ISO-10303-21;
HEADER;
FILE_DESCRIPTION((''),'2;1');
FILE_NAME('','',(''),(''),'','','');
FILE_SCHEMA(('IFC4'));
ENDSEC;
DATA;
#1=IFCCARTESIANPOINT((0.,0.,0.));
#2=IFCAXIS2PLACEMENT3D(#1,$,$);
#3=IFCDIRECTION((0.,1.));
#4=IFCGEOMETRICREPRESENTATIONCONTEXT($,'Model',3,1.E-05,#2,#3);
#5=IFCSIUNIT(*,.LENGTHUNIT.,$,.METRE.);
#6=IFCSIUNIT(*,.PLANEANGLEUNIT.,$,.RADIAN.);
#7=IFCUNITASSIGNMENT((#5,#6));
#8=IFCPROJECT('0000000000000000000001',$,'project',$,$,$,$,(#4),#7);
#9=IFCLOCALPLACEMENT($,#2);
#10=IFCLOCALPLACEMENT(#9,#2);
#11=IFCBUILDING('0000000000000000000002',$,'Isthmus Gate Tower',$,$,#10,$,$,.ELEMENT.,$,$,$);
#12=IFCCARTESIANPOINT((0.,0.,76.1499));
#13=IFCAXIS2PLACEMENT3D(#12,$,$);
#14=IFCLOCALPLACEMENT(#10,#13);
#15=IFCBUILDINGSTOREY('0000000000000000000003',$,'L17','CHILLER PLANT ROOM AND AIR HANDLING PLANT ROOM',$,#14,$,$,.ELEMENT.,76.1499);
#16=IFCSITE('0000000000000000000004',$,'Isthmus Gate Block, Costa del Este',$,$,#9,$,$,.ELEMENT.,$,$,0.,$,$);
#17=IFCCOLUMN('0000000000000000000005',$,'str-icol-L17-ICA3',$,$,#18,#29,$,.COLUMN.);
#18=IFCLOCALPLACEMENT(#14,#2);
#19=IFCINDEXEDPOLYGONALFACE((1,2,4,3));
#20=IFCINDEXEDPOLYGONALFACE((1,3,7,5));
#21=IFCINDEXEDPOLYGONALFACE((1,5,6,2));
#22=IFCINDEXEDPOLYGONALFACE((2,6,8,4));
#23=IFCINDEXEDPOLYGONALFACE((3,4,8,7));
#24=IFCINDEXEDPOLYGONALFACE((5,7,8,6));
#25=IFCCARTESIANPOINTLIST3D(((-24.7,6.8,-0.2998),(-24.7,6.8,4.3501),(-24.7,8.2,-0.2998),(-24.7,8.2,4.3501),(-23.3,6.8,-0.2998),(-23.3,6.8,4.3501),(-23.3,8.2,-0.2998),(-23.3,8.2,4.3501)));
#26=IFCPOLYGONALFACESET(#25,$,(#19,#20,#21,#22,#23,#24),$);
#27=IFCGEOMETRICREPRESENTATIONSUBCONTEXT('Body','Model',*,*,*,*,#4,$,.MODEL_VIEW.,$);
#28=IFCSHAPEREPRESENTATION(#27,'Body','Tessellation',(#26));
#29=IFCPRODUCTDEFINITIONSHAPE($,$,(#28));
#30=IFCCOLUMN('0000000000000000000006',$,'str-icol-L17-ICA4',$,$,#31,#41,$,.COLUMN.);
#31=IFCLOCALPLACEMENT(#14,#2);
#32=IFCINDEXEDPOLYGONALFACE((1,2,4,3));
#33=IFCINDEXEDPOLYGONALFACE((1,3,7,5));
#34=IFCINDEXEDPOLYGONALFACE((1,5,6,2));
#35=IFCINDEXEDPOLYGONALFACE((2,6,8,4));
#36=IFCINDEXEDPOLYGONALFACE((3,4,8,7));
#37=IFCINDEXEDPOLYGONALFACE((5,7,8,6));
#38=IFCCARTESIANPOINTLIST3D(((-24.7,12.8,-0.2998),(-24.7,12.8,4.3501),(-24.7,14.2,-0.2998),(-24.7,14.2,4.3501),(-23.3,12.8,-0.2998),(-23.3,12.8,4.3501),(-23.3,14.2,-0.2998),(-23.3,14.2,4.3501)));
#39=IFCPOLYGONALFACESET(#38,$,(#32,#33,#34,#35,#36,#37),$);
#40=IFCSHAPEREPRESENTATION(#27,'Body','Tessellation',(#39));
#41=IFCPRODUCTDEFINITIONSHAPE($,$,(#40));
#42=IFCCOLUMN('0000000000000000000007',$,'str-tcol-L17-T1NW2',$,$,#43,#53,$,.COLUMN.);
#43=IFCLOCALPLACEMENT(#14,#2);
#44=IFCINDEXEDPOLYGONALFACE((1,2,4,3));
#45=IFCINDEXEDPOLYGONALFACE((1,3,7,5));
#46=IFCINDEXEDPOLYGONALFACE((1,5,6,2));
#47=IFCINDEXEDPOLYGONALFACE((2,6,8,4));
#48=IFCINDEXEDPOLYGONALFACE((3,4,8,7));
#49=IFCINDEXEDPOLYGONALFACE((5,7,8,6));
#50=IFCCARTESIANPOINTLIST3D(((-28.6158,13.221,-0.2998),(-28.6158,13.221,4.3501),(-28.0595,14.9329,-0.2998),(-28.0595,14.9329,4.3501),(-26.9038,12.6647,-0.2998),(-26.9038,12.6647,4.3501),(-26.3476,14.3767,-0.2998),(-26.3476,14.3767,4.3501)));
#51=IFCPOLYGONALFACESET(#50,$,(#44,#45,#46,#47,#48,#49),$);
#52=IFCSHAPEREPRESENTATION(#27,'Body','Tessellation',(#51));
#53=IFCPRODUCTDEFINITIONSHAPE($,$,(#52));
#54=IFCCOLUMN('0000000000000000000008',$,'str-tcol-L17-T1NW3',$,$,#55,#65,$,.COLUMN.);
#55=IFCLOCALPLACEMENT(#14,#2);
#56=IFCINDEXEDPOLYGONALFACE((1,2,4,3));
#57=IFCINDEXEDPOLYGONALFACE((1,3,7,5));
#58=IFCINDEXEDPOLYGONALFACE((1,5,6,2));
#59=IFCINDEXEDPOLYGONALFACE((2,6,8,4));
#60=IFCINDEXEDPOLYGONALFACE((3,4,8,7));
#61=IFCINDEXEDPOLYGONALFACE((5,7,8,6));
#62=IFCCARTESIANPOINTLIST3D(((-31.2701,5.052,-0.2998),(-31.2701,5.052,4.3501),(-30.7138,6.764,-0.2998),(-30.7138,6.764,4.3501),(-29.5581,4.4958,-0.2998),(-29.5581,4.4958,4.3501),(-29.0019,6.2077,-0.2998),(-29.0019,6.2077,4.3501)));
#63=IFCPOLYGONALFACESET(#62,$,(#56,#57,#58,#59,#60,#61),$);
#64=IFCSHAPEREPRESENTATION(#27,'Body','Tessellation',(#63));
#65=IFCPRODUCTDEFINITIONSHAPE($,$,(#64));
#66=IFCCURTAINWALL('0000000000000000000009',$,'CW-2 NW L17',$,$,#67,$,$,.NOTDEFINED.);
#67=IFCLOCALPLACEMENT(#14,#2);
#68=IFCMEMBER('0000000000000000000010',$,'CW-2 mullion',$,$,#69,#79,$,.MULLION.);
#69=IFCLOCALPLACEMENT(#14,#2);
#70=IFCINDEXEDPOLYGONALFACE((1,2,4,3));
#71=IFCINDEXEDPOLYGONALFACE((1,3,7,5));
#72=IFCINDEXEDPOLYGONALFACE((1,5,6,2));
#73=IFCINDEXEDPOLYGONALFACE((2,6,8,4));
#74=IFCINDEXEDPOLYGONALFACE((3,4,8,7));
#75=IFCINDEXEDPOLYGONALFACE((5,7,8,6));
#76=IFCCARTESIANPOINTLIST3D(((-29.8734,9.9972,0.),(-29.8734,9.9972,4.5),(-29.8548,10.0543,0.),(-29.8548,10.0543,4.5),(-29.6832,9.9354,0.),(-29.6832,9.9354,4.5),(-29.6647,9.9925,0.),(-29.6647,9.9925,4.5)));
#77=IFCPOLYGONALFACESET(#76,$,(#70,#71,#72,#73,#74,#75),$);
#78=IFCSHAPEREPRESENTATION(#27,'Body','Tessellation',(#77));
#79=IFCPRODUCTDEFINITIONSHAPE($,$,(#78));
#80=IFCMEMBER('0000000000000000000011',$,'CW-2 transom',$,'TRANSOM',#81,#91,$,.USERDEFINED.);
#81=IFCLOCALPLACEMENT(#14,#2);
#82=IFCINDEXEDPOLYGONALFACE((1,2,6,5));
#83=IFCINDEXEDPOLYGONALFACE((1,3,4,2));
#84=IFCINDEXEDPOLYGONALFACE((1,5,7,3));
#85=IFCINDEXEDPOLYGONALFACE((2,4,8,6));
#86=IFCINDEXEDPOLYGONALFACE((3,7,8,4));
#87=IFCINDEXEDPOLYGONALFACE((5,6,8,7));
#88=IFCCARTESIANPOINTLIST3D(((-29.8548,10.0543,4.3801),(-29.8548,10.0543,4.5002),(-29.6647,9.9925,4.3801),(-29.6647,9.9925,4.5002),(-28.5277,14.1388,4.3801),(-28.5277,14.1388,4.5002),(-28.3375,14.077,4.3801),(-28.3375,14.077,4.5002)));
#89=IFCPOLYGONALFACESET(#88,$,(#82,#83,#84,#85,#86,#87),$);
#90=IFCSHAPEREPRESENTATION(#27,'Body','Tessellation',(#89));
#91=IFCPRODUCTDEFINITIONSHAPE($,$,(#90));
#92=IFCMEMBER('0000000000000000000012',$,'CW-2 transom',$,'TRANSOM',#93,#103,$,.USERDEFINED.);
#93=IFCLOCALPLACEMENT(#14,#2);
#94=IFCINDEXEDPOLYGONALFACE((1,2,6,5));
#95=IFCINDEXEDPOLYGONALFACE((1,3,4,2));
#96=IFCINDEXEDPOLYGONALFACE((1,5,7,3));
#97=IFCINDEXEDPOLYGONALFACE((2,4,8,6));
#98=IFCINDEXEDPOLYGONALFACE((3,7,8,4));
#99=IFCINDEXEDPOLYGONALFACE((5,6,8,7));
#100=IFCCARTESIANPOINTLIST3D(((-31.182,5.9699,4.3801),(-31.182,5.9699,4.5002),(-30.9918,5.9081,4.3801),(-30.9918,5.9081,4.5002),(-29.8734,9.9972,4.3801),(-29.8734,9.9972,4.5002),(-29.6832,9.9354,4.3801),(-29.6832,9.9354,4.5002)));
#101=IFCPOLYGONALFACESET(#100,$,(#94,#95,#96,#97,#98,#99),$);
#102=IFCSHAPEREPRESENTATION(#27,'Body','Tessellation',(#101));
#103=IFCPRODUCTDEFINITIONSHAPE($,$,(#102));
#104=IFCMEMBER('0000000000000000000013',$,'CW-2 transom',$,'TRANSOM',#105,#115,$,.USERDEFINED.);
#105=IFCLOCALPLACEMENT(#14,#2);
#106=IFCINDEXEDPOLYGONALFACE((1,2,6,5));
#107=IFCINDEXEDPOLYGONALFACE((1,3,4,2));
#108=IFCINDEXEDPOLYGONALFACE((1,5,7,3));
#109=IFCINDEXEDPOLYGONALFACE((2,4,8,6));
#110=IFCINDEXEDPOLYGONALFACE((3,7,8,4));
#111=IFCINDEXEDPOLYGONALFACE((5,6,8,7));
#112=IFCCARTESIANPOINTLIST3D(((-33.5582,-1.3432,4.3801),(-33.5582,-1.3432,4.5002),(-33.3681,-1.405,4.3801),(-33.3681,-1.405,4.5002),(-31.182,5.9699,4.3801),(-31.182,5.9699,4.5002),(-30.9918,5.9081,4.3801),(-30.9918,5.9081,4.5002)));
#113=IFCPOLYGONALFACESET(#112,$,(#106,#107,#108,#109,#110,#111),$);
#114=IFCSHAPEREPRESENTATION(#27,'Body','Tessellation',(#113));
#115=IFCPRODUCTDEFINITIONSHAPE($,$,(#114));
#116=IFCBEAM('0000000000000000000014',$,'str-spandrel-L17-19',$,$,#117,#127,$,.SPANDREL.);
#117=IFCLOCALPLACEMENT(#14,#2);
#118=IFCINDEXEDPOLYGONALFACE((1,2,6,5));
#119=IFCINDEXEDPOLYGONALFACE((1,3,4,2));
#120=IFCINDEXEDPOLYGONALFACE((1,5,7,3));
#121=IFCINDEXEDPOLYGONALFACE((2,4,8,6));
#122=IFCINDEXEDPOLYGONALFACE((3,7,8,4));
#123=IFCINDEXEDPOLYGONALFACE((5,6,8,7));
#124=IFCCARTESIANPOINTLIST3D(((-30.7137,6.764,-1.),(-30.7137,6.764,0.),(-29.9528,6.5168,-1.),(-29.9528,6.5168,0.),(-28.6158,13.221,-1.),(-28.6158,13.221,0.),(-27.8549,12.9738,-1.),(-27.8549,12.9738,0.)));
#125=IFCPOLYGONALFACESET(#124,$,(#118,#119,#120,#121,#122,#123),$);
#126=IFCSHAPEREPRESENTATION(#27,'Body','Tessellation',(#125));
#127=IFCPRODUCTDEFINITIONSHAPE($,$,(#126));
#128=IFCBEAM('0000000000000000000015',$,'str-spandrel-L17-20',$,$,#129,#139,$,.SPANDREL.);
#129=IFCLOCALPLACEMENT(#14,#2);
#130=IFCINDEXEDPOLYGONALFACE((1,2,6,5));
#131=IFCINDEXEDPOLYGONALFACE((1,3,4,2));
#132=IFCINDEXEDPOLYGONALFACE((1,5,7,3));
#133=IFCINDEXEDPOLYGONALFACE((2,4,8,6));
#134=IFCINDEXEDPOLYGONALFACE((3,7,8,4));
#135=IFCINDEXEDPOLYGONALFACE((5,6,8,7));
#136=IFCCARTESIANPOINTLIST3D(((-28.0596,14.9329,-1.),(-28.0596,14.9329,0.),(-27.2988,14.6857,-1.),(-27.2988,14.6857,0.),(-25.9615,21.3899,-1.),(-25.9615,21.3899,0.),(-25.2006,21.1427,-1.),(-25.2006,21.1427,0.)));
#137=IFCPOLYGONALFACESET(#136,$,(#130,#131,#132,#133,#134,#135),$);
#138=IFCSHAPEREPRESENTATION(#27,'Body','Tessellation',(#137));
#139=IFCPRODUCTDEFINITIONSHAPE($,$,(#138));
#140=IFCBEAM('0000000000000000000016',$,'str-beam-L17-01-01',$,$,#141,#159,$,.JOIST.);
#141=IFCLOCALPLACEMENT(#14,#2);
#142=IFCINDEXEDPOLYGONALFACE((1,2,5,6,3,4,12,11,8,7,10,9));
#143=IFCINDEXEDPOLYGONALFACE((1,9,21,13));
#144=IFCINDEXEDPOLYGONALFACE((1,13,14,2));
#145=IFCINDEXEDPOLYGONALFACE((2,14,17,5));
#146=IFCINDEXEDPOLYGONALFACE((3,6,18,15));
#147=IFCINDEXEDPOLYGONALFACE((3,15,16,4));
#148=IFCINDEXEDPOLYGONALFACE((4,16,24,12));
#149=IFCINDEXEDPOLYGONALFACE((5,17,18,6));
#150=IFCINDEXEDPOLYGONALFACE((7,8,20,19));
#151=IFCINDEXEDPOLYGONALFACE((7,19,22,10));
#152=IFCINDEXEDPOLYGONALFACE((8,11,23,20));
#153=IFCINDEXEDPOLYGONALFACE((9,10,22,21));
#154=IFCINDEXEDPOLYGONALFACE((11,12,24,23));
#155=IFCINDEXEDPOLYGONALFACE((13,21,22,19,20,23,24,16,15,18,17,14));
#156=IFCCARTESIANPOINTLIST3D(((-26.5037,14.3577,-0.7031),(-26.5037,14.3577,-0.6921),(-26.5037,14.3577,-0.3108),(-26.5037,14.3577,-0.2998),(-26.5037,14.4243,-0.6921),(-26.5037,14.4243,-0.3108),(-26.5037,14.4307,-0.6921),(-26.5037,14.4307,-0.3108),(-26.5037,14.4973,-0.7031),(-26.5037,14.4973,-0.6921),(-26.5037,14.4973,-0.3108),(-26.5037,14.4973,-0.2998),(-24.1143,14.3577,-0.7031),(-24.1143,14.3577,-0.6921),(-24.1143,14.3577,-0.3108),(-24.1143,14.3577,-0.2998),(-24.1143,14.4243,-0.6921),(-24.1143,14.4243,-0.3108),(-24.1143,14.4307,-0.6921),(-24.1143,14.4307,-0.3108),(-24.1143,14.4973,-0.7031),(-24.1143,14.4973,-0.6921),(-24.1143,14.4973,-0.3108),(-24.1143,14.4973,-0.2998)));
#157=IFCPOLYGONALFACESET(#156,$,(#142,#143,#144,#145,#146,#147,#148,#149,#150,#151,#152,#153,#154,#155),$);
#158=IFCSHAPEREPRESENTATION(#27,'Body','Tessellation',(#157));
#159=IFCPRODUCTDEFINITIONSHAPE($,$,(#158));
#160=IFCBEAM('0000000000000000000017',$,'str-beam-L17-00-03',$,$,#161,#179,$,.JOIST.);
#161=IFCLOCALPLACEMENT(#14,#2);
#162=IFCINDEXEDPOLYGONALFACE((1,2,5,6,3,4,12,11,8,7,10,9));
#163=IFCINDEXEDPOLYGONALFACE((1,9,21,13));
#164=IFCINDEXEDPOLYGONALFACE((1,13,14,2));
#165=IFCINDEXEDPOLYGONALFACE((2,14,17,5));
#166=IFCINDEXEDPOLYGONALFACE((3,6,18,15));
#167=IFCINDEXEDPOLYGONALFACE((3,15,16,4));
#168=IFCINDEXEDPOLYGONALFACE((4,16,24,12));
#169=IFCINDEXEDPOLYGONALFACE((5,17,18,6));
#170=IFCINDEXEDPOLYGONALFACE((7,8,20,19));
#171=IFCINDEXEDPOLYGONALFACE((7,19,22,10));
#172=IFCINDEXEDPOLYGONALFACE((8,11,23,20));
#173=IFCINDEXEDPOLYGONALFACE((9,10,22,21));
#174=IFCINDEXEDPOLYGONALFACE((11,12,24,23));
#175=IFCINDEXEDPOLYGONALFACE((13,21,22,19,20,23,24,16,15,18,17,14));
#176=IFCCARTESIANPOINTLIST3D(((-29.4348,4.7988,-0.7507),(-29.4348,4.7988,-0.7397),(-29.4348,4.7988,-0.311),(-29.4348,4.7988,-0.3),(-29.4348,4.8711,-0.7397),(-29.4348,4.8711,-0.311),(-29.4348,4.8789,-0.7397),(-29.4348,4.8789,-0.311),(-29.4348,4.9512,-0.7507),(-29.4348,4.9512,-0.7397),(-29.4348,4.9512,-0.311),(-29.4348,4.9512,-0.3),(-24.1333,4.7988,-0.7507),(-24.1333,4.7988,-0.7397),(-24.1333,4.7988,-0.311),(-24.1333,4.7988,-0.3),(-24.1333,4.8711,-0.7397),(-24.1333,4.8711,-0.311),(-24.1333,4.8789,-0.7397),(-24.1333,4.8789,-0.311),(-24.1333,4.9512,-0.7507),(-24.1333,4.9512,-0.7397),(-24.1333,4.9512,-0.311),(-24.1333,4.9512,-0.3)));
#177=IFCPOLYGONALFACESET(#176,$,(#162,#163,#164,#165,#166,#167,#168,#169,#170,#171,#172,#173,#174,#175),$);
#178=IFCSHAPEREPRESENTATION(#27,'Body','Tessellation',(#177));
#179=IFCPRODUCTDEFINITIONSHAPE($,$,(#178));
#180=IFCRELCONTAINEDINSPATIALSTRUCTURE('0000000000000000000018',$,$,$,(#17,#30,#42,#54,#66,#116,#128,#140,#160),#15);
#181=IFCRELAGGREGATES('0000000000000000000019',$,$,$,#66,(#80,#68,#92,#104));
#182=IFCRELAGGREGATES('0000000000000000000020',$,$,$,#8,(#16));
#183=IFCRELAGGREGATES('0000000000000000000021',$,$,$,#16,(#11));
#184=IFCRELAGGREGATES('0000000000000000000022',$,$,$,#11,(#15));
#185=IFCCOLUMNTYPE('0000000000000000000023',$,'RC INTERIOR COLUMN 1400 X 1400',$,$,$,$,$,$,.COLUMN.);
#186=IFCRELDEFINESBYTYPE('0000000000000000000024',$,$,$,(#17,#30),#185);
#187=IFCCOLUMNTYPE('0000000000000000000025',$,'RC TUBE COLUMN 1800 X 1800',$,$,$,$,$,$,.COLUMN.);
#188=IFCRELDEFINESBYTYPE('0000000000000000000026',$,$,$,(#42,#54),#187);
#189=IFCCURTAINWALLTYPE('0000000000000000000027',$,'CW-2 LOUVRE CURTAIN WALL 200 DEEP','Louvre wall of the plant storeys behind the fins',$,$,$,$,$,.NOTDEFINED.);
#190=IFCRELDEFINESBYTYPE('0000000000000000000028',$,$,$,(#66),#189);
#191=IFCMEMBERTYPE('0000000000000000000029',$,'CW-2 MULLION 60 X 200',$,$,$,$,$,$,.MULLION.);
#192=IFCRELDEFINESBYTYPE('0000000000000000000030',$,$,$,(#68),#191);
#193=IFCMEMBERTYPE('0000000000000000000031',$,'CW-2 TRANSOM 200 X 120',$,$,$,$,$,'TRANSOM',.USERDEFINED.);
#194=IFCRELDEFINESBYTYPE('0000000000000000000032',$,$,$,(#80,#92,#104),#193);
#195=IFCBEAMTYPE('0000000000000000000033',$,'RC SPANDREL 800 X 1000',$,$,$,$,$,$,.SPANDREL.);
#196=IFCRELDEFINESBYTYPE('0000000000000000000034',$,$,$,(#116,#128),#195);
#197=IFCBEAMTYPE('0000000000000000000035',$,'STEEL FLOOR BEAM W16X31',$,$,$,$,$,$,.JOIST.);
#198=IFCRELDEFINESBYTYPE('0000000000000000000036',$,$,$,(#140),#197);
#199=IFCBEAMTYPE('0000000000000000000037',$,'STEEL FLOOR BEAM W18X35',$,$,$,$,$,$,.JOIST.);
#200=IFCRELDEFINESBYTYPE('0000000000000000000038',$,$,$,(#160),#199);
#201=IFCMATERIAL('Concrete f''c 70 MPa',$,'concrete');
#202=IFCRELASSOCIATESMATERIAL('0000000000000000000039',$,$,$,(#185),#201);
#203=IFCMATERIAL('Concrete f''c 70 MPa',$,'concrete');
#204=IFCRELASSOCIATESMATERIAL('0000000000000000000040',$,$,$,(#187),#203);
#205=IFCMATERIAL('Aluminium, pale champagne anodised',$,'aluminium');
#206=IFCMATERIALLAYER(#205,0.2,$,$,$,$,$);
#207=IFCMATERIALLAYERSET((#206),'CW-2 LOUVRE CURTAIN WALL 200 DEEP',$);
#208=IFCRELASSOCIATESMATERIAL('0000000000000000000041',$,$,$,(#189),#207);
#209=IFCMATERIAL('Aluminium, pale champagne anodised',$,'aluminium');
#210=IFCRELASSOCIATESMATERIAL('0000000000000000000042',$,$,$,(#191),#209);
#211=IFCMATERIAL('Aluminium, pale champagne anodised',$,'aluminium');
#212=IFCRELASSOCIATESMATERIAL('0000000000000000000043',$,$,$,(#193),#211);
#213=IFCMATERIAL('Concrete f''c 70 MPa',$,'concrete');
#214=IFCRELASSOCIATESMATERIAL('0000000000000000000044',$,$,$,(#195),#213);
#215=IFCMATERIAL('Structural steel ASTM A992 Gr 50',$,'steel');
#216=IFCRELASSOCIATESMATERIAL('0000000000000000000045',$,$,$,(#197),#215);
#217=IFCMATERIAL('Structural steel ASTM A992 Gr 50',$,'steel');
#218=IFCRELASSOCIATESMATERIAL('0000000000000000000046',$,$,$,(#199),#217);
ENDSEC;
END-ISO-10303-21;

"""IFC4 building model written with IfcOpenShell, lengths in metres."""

from ifc_helpers import new_model, si_unit, direction, frame, origin, origin_2d, place, context, subcontext, project, spatial, rectangle, i_section, extrude, material, layer, layer_set, material_profile, profile_set, type_object, element, aggregate, save


model = new_model("IFC4")

# Units and contexts
model_context = context("Model", 3, precision=1e-05, world=origin(), true_north=direction((0.0, 1.0)))
body_context = subcontext(model_context, "Body", "Model", "MODEL_VIEW")
ifc_project = project(units=[si_unit("LENGTHUNIT", "METRE"), si_unit("PLANEANGLEUNIT", "RADIAN")], contexts=[model_context])

# Site, building, storey
site_placement = place(None, origin())
site = spatial("IfcSite", under=ifc_project, at=site_placement, Name="Isthmus Gate Block, Costa del Este", CompositionType="ELEMENT", RefElevation=0.0)
building_placement = place(site_placement, origin())
building = spatial("IfcBuilding", under=site, at=building_placement, Name="Isthmus Gate Tower", CompositionType="ELEMENT")
storey_placement = place(building_placement, frame((0.0, 0.0, 76.1499)))
storey = spatial("IfcBuildingStorey", under=building, at=storey_placement, Name="L17", Description="CHILLER PLANT ROOM AND AIR HANDLING PLANT ROOM", CompositionType="ELEMENT", Elevation=76.1499)

# Columns
ifc_material_1 = material(Name="Concrete f'c 70 MPa", Category="concrete")
ifc_material_profile_1 = material_profile(ifc_material_1, rectangle(XDim=1.3999, YDim=1.3999, at=origin_2d()), Name="RC 1400X1400")
ifc_profile_set_1 = profile_set([ifc_material_profile_1], Name="Concrete f'c 70 MPa")
column_type_1 = type_object("IfcColumnType", Name="RC INTERIOR COLUMN 1400 X 1400", PredefinedType="COLUMN", material=ifc_profile_set_1)
for number, where, z_axis, x_axis, name in (
    (1, (-24.0, 7.5, -0.2998), (0.0, 0.0, 1.0), (1.0, 0.0, 0.0), "str-icol-L17-ICA3"),
    (2, (-24.0, 13.5, -0.2998), (0.0, 0.0, 1.0), (1.0, 0.0, 0.0), "str-icol-L17-ICA4"),
):
    element("IfcColumn", number, at=place(storey_placement, frame(where, z_axis=z_axis, x_axis=x_axis)), inside=storey, type_object=column_type_1, Name=name, PredefinedType="COLUMN", context=body_context, shape_type="SweptSolid", body=[
        extrude(rectangle(XDim=1.3999, YDim=1.3999, at=origin_2d()), origin(), (0.0, 0.0, 1.0), 4.6499),
    ])
ifc_material_2 = material(Name="Concrete f'c 70 MPa", Category="concrete")
ifc_material_profile_2 = material_profile(ifc_material_2, rectangle(XDim=1.8, YDim=1.8, at=origin_2d()), Name="RC 1800X1800")
ifc_profile_set_2 = profile_set([ifc_material_profile_2], Name="Concrete f'c 70 MPa")
column_type_2 = type_object("IfcColumnType", Name="RC TUBE COLUMN 1800 X 1800", PredefinedType="COLUMN", material=ifc_profile_set_2)
for number, where, z_axis, x_axis, name in (
    (3, (-27.4817, 13.7988, -0.2998), (0.0, 0.0, 1.0), (-0.309017, -0.951057, 0.0), "str-tcol-L17-T1NW2"),
    (4, (-30.136, 5.6299, -0.2998), (0.0, 0.0, 1.0), (-0.309017, -0.951057, 0.0), "str-tcol-L17-T1NW3"),
):
    element("IfcColumn", number, at=place(storey_placement, frame(where, z_axis=z_axis, x_axis=x_axis)), inside=storey, type_object=column_type_2, Name=name, PredefinedType="COLUMN", context=body_context, shape_type="SweptSolid", body=[
        extrude(rectangle(XDim=1.8, YDim=1.8, at=origin_2d()), origin(), (0.0, 0.0, 1.0), 4.6499),
    ])

# Curtain wall, members
ifc_material_3 = material(Name="Aluminium, pale champagne anodised", Category="aluminium")
ifc_layer_1 = layer(ifc_material_3, 0.2)
ifc_layer_set_1 = layer_set([ifc_layer_1], Name="CW-2 LOUVRE CURTAIN WALL 200 DEEP")
curtain_wall_type = type_object("IfcCurtainWallType", Name="CW-2 LOUVRE CURTAIN WALL 200 DEEP", Description="Louvre wall of the plant storeys behind the fins", PredefinedType="NOTDEFINED", material=ifc_layer_set_1)
curtain_wall_placement = place(storey_placement, origin())
curtain_wall = element("IfcCurtainWall", 5, at=curtain_wall_placement, inside=storey, type_object=curtain_wall_type, Name="CW-2 NW L17", PredefinedType="NOTDEFINED")
ifc_material_4 = material(Name="Aluminium, pale champagne anodised", Category="aluminium")
ifc_material_profile_3 = material_profile(ifc_material_4, rectangle(XDim=0.0601, YDim=0.2, at=origin_2d()), Name="60x200")
ifc_profile_set_3 = profile_set([ifc_material_profile_3], Name="Aluminium, pale champagne anodised")
member_type_1 = type_object("IfcMemberType", Name="CW-2 MULLION 60 X 200", PredefinedType="MULLION", material=ifc_profile_set_3)
member_1_placement = place(storey_placement, frame((-29.769, 9.9949, 0.0), z_axis=(0.0, 0.0, 1.0), x_axis=(-0.309017, -0.951057, 0.0)))
member_1 = element("IfcMember", 6, at=member_1_placement, type_object=member_type_1, Name="CW-2 mullion", PredefinedType="MULLION", context=body_context, shape_type="SweptSolid", body=[
    extrude(rectangle(XDim=0.0601, YDim=0.2, at=origin_2d()), origin(), (0.0, 0.0, 1.0), 4.5),
])
ifc_material_5 = material(Name="Aluminium, pale champagne anodised", Category="aluminium")
ifc_material_profile_4 = material_profile(ifc_material_5, rectangle(XDim=0.2, YDim=0.1201, at=origin_2d()), Name="200x120")
ifc_profile_set_4 = profile_set([ifc_material_profile_4], Name="Aluminium, pale champagne anodised")
member_type_2 = type_object("IfcMemberType", Name="CW-2 TRANSOM 200 X 120", ElementType="TRANSOM", PredefinedType="USERDEFINED", material=ifc_profile_set_4)
member_2_placement = place(storey_placement, frame((-28.4326, 14.1079, 4.4402), z_axis=(-0.309022, -0.951055, 0.0), x_axis=(0.951055, -0.309022, 0.0)))
member_2 = element("IfcMember", 7, at=member_2_placement, type_object=member_type_2, Name="CW-2 transom", ObjectType="TRANSOM", PredefinedType="USERDEFINED", context=body_context, shape_type="SweptSolid", body=[
    extrude(rectangle(XDim=0.2, YDim=0.1201, at=origin_2d()), origin(), (0.0, 0.0, 1.0), 4.2947),
])
member_3_placement = place(storey_placement, frame((-29.7783, 9.9663, 4.4402), z_axis=(-0.309023, -0.951054, 0.0), x_axis=(0.951054, -0.309023, 0.0)))
member_3 = element("IfcMember", 8, at=member_3_placement, type_object=member_type_2, Name="CW-2 transom", ObjectType="TRANSOM", PredefinedType="USERDEFINED", context=body_context, shape_type="SweptSolid", body=[
    extrude(rectangle(XDim=0.2, YDim=0.1201, at=origin_2d()), origin(), (0.0, 0.0, 1.0), 4.2346),
])
member_4_placement = place(storey_placement, frame((-31.0869, 5.939, 4.4402), z_axis=(-0.309027, -0.951053, 0.0), x_axis=(0.951053, -0.309027, 0.0)))
member_4 = element("IfcMember", 9, at=member_4_placement, type_object=member_type_2, Name="CW-2 transom", ObjectType="TRANSOM", PredefinedType="USERDEFINED", context=body_context, shape_type="SweptSolid", body=[
    extrude(rectangle(XDim=0.2, YDim=0.1201, at=origin_2d()), origin(), (0.0, 0.0, 1.0), 7.6895),
])

# Beams
ifc_material_6 = material(Name="Concrete f'c 70 MPa", Category="concrete")
ifc_material_profile_5 = material_profile(ifc_material_6, rectangle(XDim=0.8, YDim=1.0, at=origin_2d()), Name="RC 800X1000")
ifc_profile_set_5 = profile_set([ifc_material_profile_5], Name="Concrete f'c 70 MPa")
beam_type_1 = type_object("IfcBeamType", Name="RC SPANDREL 800 X 1000", PredefinedType="SPANDREL", material=ifc_profile_set_5)
for number, where, z_axis, x_axis, name in (
    (10, (-30.3333, 6.6404, -0.5), (0.309002, 0.951062, 0.0), (-0.951062, 0.309002, 0.0), "str-spandrel-L17-19"),
    (11, (-27.6792, 14.8093, -0.5), (0.309034, 0.951051, 0.0), (-0.951051, 0.309034, 0.0), "str-spandrel-L17-20"),
):
    element("IfcBeam", number, at=place(storey_placement, frame(where, z_axis=z_axis, x_axis=x_axis)), inside=storey, type_object=beam_type_1, Name=name, PredefinedType="SPANDREL", context=body_context, shape_type="SweptSolid", body=[
        extrude(rectangle(XDim=0.8, YDim=1.0, at=origin_2d()), origin(), (0.0, 0.0, 1.0), 6.7893),
    ])
ifc_material_7 = material(Name="Structural steel ASTM A992 Gr 50", Category="steel")
ifc_material_profile_6 = material_profile(ifc_material_7, i_section(OverallWidth=0.1396, OverallDepth=0.4033, WebThickness=0.0063, FlangeThickness=0.011, at=origin_2d()), Name="W16X31")
ifc_profile_set_6 = profile_set([ifc_material_profile_6], Name="Structural steel ASTM A992 Gr 50")
beam_type_2 = type_object("IfcBeamType", Name="STEEL FLOOR BEAM W16X31", PredefinedType="JOIST", material=ifc_profile_set_6)
beam_1_placement = place(storey_placement, frame((-26.5037, 14.4275, -0.5015), z_axis=(1.0, 0.0, 0.0), x_axis=(0.0, 1.0, 0.0)))
element("IfcBeam", 12, at=beam_1_placement, inside=storey, type_object=beam_type_2, Name="str-beam-L17-01-01", PredefinedType="JOIST", context=body_context, shape_type="SweptSolid", body=[
    extrude(i_section(OverallWidth=0.1396, OverallDepth=0.4033, WebThickness=0.0063, FlangeThickness=0.011, at=origin_2d()), origin(), (0.0, 0.0, 1.0), 2.3894),
])
ifc_material_8 = material(Name="Structural steel ASTM A992 Gr 50", Category="steel")
ifc_material_profile_7 = material_profile(ifc_material_8, i_section(OverallWidth=0.1523, OverallDepth=0.4507, WebThickness=0.0078, FlangeThickness=0.011, at=origin_2d()), Name="W18X35")
ifc_profile_set_7 = profile_set([ifc_material_profile_7], Name="Structural steel ASTM A992 Gr 50")
beam_type_3 = type_object("IfcBeamType", Name="STEEL FLOOR BEAM W18X35", PredefinedType="JOIST", material=ifc_profile_set_7)
beam_2_placement = place(storey_placement, frame((-29.4348, 4.875, -0.5254), z_axis=(1.0, 0.0, 0.0), x_axis=(0.0, 1.0, 0.0)))
element("IfcBeam", 13, at=beam_2_placement, inside=storey, type_object=beam_type_3, Name="str-beam-L17-00-03", PredefinedType="JOIST", context=body_context, shape_type="SweptSolid", body=[
    extrude(i_section(OverallWidth=0.1523, OverallDepth=0.4507, WebThickness=0.0078, FlangeThickness=0.011, at=origin_2d()), origin(), (0.0, 0.0, 1.0), 5.3015),
])

aggregate(curtain_wall, [member_2, member_1, member_3, member_4])

save(model, "model.ifc")
